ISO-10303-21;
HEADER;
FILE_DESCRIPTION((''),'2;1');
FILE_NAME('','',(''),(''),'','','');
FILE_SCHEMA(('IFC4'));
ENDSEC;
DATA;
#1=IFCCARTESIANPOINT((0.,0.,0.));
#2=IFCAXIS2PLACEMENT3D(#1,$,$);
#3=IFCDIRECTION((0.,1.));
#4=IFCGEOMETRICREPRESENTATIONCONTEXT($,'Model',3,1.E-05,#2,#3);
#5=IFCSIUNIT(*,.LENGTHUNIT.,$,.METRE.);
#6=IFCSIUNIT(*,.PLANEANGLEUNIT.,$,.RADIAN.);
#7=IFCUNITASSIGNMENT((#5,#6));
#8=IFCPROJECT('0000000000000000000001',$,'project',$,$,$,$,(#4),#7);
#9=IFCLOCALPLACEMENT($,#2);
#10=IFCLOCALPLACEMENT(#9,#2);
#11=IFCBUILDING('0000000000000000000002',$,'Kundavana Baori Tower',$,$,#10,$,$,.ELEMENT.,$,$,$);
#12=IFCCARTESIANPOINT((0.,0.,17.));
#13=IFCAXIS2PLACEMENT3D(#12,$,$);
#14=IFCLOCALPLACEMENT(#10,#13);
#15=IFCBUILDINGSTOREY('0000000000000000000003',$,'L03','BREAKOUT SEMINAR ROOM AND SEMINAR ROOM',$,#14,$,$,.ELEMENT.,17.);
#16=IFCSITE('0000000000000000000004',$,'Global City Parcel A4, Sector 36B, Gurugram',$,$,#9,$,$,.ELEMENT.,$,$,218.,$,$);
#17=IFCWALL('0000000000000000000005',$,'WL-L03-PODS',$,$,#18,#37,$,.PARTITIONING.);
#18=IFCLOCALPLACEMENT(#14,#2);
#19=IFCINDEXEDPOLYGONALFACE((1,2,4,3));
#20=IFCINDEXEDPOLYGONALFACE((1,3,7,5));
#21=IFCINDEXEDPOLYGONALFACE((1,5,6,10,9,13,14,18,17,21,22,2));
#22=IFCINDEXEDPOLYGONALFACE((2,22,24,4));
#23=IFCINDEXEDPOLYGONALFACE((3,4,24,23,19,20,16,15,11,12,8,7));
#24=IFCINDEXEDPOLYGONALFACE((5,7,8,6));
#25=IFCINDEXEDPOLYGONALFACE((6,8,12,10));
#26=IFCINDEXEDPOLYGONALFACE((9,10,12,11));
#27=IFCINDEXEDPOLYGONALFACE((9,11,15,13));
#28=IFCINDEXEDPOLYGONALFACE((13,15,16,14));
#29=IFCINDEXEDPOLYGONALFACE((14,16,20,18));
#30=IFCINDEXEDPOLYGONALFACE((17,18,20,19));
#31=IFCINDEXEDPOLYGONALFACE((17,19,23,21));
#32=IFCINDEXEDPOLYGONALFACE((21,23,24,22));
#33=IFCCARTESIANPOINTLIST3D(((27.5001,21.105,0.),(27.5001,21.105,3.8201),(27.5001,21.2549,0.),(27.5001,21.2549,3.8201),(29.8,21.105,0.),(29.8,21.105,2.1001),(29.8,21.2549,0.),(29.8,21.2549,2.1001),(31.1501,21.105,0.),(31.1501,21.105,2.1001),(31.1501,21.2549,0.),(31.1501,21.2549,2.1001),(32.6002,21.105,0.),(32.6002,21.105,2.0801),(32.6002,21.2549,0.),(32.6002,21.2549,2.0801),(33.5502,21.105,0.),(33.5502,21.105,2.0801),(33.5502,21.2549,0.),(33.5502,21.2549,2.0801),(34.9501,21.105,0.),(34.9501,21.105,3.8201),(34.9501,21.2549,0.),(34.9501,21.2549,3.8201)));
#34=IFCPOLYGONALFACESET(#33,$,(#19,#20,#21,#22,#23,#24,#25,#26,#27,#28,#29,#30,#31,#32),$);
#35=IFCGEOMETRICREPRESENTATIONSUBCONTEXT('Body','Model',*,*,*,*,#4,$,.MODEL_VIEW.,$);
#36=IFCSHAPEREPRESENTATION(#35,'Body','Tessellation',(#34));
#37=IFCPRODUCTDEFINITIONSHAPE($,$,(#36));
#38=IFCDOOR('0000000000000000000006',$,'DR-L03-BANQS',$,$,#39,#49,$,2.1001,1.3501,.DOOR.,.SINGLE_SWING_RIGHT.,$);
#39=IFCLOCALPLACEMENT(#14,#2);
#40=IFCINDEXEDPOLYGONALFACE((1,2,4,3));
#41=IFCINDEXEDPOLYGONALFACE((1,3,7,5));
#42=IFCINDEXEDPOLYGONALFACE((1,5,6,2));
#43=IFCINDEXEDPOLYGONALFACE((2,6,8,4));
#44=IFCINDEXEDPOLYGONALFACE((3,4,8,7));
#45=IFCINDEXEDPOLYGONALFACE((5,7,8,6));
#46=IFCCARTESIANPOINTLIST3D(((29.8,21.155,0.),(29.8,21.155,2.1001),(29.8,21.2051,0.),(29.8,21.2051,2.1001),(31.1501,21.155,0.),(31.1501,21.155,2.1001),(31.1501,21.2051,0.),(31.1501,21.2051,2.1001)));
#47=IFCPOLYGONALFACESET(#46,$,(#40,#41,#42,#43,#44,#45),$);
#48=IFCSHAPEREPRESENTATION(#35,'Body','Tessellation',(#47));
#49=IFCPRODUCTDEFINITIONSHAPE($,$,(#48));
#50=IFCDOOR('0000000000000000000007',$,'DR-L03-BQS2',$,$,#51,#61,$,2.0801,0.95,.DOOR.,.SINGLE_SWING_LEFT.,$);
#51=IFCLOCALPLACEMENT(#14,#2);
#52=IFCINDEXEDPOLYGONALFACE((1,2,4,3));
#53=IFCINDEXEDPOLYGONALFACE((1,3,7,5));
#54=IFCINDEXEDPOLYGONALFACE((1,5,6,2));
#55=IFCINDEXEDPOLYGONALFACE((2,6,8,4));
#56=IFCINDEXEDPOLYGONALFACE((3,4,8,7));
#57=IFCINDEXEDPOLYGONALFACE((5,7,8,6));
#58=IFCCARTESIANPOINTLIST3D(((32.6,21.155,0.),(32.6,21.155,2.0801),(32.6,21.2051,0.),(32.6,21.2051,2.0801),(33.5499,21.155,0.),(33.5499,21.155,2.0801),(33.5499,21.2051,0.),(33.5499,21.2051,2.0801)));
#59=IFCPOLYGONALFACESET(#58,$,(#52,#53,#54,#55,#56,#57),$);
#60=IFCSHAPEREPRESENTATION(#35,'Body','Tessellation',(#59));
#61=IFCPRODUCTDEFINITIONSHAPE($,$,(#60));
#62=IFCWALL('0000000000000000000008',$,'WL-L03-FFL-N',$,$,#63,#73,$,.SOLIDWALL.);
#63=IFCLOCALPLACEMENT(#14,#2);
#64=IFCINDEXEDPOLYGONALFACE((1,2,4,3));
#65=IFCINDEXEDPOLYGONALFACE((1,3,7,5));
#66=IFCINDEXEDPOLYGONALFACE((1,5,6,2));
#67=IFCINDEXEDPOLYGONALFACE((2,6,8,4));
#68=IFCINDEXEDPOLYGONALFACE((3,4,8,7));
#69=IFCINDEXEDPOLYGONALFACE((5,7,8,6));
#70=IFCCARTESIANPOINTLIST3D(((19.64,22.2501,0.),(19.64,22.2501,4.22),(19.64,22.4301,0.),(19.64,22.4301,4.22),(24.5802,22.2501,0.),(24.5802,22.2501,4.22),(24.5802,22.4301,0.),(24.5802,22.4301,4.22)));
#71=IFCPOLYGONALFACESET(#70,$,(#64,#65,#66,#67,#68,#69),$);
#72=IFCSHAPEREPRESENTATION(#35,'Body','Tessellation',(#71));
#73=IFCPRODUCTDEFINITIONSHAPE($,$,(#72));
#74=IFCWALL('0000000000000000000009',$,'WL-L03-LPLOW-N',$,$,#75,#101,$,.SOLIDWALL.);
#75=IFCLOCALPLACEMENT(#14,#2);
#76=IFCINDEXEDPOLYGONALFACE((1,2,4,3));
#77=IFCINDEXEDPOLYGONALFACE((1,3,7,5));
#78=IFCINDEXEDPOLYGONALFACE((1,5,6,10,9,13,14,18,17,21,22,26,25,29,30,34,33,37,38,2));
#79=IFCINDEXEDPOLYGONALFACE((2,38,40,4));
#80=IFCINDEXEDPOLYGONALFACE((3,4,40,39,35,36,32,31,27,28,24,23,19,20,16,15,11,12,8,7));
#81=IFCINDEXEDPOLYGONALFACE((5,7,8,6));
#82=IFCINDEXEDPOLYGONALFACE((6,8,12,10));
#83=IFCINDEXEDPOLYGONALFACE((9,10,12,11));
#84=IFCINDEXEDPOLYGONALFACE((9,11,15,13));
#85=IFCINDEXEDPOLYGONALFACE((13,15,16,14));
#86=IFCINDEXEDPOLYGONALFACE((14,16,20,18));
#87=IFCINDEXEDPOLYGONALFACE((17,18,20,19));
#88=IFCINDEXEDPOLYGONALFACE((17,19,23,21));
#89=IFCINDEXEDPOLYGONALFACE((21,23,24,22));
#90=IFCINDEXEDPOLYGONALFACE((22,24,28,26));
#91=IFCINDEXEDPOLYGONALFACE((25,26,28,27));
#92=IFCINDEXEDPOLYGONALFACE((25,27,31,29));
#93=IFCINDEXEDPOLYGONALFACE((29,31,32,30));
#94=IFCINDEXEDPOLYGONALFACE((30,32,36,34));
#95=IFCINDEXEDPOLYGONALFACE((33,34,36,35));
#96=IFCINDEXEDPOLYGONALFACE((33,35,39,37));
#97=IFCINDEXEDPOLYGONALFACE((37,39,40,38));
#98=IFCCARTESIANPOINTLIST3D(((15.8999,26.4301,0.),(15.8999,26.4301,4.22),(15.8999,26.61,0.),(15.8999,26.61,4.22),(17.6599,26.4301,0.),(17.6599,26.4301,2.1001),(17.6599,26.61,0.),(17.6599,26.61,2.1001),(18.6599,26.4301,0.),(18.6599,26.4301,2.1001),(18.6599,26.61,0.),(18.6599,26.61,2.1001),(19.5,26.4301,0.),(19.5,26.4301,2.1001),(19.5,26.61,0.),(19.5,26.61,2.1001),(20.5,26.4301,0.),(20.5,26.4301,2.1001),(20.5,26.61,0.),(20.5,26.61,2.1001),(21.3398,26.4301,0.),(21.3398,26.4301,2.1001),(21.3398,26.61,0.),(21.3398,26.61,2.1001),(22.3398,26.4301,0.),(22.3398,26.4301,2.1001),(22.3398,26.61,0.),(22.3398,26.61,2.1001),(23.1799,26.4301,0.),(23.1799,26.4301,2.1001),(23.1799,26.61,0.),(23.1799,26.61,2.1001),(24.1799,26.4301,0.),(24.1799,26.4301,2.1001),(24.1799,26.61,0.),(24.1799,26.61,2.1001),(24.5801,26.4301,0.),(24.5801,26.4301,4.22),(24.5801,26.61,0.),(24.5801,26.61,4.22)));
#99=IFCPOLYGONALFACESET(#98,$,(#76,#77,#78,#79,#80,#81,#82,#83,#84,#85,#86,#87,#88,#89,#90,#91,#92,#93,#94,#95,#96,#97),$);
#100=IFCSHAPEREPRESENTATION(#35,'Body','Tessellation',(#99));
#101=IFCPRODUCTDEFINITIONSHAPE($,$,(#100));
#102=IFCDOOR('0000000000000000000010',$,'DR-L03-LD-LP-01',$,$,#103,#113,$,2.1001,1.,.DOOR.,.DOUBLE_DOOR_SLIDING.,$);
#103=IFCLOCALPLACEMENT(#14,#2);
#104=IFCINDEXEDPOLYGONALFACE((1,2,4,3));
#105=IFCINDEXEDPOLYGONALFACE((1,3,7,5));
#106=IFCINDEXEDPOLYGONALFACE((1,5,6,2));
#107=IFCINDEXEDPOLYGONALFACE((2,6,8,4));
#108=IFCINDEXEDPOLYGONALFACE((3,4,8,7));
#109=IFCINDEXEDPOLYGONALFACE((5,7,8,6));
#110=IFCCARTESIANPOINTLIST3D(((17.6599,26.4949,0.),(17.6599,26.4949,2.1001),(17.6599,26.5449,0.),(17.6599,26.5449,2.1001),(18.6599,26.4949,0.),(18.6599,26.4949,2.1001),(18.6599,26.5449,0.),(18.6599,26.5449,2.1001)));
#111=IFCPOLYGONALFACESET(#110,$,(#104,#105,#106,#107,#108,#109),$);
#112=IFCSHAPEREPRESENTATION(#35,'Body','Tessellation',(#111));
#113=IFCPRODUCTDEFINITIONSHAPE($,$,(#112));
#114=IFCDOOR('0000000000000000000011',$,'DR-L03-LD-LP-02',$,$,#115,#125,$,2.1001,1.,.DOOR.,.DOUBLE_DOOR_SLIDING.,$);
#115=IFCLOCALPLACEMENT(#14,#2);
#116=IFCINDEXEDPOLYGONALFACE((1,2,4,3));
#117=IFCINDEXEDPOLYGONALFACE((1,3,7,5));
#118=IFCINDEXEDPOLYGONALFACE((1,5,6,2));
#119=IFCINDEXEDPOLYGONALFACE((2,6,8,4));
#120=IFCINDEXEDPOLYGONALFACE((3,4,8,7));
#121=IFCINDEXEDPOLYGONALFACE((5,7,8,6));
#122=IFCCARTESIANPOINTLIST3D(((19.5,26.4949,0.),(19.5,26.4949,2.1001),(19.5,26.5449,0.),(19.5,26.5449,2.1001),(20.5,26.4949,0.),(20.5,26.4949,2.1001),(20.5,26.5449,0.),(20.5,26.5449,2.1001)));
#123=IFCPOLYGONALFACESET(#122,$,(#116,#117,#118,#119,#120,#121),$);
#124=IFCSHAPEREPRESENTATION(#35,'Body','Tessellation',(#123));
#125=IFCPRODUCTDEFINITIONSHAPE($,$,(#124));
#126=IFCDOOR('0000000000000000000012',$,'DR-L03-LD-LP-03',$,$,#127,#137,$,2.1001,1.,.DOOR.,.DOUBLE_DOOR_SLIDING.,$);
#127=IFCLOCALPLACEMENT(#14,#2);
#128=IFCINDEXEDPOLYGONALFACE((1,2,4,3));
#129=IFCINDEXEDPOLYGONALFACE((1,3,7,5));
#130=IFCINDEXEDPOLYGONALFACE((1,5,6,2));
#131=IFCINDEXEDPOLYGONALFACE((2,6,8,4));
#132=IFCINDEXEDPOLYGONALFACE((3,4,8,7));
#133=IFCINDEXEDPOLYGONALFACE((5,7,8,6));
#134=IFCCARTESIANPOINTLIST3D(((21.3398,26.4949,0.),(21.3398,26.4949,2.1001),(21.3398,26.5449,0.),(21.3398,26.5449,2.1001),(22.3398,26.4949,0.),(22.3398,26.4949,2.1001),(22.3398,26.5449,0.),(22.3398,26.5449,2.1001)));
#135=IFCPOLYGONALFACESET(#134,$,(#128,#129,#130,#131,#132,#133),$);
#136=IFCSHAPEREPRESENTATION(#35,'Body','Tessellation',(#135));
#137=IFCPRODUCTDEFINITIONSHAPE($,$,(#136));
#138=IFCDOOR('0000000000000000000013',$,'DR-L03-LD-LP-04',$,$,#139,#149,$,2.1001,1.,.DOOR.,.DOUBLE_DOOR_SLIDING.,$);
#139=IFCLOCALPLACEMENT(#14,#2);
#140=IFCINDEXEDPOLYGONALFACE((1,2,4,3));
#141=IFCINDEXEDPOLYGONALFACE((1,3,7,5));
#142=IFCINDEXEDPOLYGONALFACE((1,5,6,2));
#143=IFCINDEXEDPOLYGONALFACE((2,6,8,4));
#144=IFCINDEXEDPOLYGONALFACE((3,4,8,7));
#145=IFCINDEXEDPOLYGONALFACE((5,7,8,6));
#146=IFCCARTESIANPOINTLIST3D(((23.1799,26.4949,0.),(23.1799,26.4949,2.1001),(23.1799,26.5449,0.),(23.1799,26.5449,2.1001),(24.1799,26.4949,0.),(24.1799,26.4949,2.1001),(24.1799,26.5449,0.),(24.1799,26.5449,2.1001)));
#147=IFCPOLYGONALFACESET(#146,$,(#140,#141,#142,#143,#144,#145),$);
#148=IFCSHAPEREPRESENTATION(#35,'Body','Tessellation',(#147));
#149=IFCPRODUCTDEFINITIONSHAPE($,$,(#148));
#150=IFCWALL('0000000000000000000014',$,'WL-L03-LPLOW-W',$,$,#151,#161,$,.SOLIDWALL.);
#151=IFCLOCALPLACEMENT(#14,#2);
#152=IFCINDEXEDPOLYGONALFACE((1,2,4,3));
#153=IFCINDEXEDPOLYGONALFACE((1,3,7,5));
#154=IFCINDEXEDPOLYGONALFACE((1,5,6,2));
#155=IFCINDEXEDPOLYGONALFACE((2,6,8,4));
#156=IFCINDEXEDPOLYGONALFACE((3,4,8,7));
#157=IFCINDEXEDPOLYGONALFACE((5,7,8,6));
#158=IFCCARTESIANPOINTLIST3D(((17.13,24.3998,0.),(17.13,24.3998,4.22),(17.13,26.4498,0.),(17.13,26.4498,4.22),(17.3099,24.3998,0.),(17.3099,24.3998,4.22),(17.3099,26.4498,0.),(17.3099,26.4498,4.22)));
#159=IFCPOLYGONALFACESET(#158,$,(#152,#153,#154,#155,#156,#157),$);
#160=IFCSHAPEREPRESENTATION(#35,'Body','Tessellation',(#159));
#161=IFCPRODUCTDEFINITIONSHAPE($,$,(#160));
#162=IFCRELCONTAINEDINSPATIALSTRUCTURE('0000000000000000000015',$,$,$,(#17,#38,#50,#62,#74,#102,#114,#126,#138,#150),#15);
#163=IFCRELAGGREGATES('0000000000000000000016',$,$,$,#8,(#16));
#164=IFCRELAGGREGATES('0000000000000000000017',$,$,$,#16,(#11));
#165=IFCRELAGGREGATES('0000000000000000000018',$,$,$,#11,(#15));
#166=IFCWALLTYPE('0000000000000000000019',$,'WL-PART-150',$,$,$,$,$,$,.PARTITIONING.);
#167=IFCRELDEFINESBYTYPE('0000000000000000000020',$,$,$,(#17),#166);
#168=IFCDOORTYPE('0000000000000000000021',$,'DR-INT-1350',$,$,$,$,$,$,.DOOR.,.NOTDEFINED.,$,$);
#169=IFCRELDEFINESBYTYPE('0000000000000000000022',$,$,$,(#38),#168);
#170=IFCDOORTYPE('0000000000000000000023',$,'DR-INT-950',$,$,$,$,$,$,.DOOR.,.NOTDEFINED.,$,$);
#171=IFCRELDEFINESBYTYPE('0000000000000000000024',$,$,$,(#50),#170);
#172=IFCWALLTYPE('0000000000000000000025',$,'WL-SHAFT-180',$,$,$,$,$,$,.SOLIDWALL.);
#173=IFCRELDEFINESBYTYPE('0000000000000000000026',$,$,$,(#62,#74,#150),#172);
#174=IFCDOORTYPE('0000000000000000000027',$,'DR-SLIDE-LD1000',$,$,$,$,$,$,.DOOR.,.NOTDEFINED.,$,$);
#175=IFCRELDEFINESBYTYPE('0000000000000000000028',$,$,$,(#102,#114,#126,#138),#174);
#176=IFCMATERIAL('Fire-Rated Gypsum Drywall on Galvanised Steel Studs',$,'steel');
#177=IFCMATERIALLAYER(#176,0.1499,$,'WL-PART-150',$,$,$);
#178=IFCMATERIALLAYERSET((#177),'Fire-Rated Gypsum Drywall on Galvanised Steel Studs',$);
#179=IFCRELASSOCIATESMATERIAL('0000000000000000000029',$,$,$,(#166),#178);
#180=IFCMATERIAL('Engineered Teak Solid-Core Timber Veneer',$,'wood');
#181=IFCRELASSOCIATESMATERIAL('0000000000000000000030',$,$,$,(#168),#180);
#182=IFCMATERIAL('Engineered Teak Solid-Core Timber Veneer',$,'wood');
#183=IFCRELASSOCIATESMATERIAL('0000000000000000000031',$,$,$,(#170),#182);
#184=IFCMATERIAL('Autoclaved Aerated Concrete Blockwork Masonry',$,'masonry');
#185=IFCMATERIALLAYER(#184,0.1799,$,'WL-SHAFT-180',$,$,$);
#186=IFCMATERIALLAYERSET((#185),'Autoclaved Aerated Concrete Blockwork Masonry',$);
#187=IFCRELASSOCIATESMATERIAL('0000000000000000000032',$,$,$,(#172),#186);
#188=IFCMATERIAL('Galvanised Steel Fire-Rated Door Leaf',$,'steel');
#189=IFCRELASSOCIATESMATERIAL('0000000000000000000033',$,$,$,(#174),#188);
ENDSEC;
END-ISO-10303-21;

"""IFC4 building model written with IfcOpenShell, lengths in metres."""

from ifc_helpers import new_model, si_unit, direction, frame, frame_2d, origin, place, context, subcontext, project, spatial, rectangle, extrude, material, layer, layer_set, type_object, element, fill, save


model = new_model("IFC4")

# Units and contexts
model_context = context("Model", 3, precision=1e-05, world=origin(), true_north=direction((0.0, 1.0)))
body_context = subcontext(model_context, "Body", "Model", "MODEL_VIEW")
ifc_project = project(units=[si_unit("LENGTHUNIT", "METRE"), si_unit("PLANEANGLEUNIT", "RADIAN")], contexts=[model_context])

# Site, building, storey
site_placement = place(None, origin())
site = spatial("IfcSite", under=ifc_project, at=site_placement, Name="Global City Parcel A4, Sector 36B, Gurugram", CompositionType="ELEMENT", RefElevation=218.0)
building_placement = place(site_placement, origin())
building = spatial("IfcBuilding", under=site, at=building_placement, Name="Kundavana Baori Tower", CompositionType="ELEMENT")
storey_placement = place(building_placement, frame((0.0, 0.0, 17.0)))
storey = spatial("IfcBuildingStorey", under=building, at=storey_placement, Name="L03", Description="BREAKOUT SEMINAR ROOM AND SEMINAR ROOM", CompositionType="ELEMENT", Elevation=17.0)

# Wall, openings, doors
ifc_material_1 = material(Name="Fire-Rated Gypsum Drywall on Galvanised Steel Studs", Category="steel")
ifc_layer_1 = layer(ifc_material_1, 0.1499, Name="WL-PART-150")
ifc_layer_set_1 = layer_set([ifc_layer_1], Name="Fire-Rated Gypsum Drywall on Galvanised Steel Studs")
wall_type_1 = type_object("IfcWallType", Name="WL-PART-150", PredefinedType="PARTITIONING", material=ifc_layer_set_1)
wall_1_placement = place(storey_placement, frame((27.5, 21.1799, 0.0), z_axis=(0.0, 0.0, 1.0), x_axis=(1.0, 0.0, 0.0)))
wall_1 = element("IfcWall", 1, at=wall_1_placement, inside=storey, type_object=wall_type_1, Name="WL-L03-PODS", PredefinedType="PARTITIONING", context=body_context, shape_type="SweptSolid", body=[
    extrude(rectangle(XDim=7.45, YDim=0.1499, at=frame_2d((3.7251, 0.0))), origin(), (0.0, 0.0, 1.0), 3.8201),
])
opening_1_placement = place(wall_1_placement, frame((5.1001, 0.0, 0.0)))
opening_1 = element("IfcOpeningElement", 2, at=opening_1_placement, cuts=wall_1, PredefinedType="OPENING", context=body_context, shape_type="SweptSolid", body=[
    extrude(rectangle(XDim=0.95, YDim=2.0801, at=frame_2d((0.4751, 1.04))), frame((0.0, 0.085, 0.0), z_axis=(0.0, -1.0, 0.0), x_axis=(1.0, 0.0, 0.0)), (0.0, 0.0, 1.0), 0.1699),
])
opening_2_placement = place(wall_1_placement, frame((2.3, 0.0, 0.0)))
opening_2 = element("IfcOpeningElement", 3, at=opening_2_placement, cuts=wall_1, PredefinedType="OPENING", context=body_context, shape_type="SweptSolid", body=[
    extrude(rectangle(XDim=1.3501, YDim=2.1001, at=frame_2d((0.675, 1.05))), frame((0.0, 0.085, 0.0), z_axis=(0.0, -1.0, 0.0), x_axis=(1.0, 0.0, 0.0)), (0.0, 0.0, 1.0), 0.1699),
])
ifc_material_2 = material(Name="Engineered Teak Solid-Core Timber Veneer", Category="wood")
door_type_1 = type_object("IfcDoorType", Name="DR-INT-1350", OperationType="NOTDEFINED", PredefinedType="DOOR", material=ifc_material_2)
door_1_placement = place(opening_2_placement, frame((1.3501, 0.0, 0.0), z_axis=(0.0, 0.0, 1.0), x_axis=(-1.0, 0.0, 0.0)))
door_1 = element("IfcDoor", 4, at=door_1_placement, inside=storey, type_object=door_type_1, Name="DR-L03-BANQS", OperationType="SINGLE_SWING_RIGHT", OverallHeight=2.1001, OverallWidth=1.3501, PredefinedType="DOOR", context=body_context, shape_type="SweptSolid", body=[
    extrude(rectangle(XDim=1.3501, YDim=2.1001, at=frame_2d((0.675, 1.05))), frame((0.0, 0.0249, 0.0), z_axis=(0.0, -1.0, 0.0), x_axis=(1.0, 0.0, 0.0)), (0.0, 0.0, 1.0), 0.05),
])
fill(opening_2, door_1)
ifc_material_3 = material(Name="Engineered Teak Solid-Core Timber Veneer", Category="wood")
door_type_2 = type_object("IfcDoorType", Name="DR-INT-950", OperationType="NOTDEFINED", PredefinedType="DOOR", material=ifc_material_3)
door_2_placement = place(opening_1_placement, frame((0.95, 0.0, 0.0), z_axis=(0.0, 0.0, 1.0), x_axis=(-1.0, 0.0, 0.0)))
door_2 = element("IfcDoor", 5, at=door_2_placement, inside=storey, type_object=door_type_2, Name="DR-L03-BQS2", OperationType="SINGLE_SWING_LEFT", OverallHeight=2.0801, OverallWidth=0.95, PredefinedType="DOOR", context=body_context, shape_type="SweptSolid", body=[
    extrude(rectangle(XDim=0.95, YDim=2.0801, at=frame_2d((0.4751, 1.04))), frame((0.0, 0.0249, 0.0), z_axis=(0.0, -1.0, 0.0), x_axis=(1.0, 0.0, 0.0)), (0.0, 0.0, 1.0), 0.05),
])
fill(opening_1, door_2)

# Wall
ifc_material_4 = material(Name="Autoclaved Aerated Concrete Blockwork Masonry", Category="masonry")
ifc_layer_2 = layer(ifc_material_4, 0.1799, Name="WL-SHAFT-180")
ifc_layer_set_2 = layer_set([ifc_layer_2], Name="Autoclaved Aerated Concrete Blockwork Masonry")
wall_type_2 = type_object("IfcWallType", Name="WL-SHAFT-180", PredefinedType="SOLIDWALL", material=ifc_layer_set_2)
wall_2_placement = place(storey_placement, frame((19.6399, 22.3401, 0.0), z_axis=(0.0, 0.0, 1.0), x_axis=(1.0, 0.0, 0.0)))
element("IfcWall", 6, at=wall_2_placement, inside=storey, type_object=wall_type_2, Name="WL-L03-FFL-N", PredefinedType="SOLIDWALL", context=body_context, shape_type="SweptSolid", body=[
    extrude(rectangle(XDim=4.9402, YDim=0.1799, at=frame_2d((2.4702, 0.0))), origin(), (0.0, 0.0, 1.0), 4.22),
])

# Wall, openings, doors
wall_3_placement = place(storey_placement, frame((15.8999, 26.52, 0.0), z_axis=(0.0, 0.0, 1.0), x_axis=(1.0, 0.0, 0.0)))
wall_3 = element("IfcWall", 7, at=wall_3_placement, inside=storey, type_object=wall_type_2, Name="WL-L03-LPLOW-N", PredefinedType="SOLIDWALL", context=body_context, shape_type="SweptSolid", body=[
    extrude(rectangle(XDim=8.6802, YDim=0.1799, at=frame_2d((4.3401, 0.0))), origin(), (0.0, 0.0, 1.0), 4.22),
])
opening_3_placement = place(wall_3_placement, frame((1.76, 0.0, 0.0)))
opening_3 = element("IfcOpeningElement", 8, at=opening_3_placement, cuts=wall_3, PredefinedType="OPENING", context=body_context, shape_type="SweptSolid", body=[
    extrude(rectangle(XDim=1.0, YDim=2.1001, at=frame_2d((0.5, 1.05))), frame((0.0, 0.1001, 0.0), z_axis=(0.0, -1.0, 0.0), x_axis=(1.0, 0.0, 0.0)), (0.0, 0.0, 1.0), 0.2),
])
opening_4_placement = place(wall_3_placement, frame((3.6001, 0.0, 0.0)))
opening_4 = element("IfcOpeningElement", 9, at=opening_4_placement, cuts=wall_3, PredefinedType="OPENING", context=body_context, shape_type="SweptSolid", body=[
    extrude(rectangle(XDim=1.0, YDim=2.1001, at=frame_2d((0.5, 1.05))), frame((0.0, 0.1001, 0.0), z_axis=(0.0, -1.0, 0.0), x_axis=(1.0, 0.0, 0.0)), (0.0, 0.0, 1.0), 0.2),
])
opening_5_placement = place(wall_3_placement, frame((5.4399, 0.0, 0.0)))
opening_5 = element("IfcOpeningElement", 10, at=opening_5_placement, cuts=wall_3, PredefinedType="OPENING", context=body_context, shape_type="SweptSolid", body=[
    extrude(rectangle(XDim=1.0, YDim=2.1001, at=frame_2d((0.5, 1.05))), frame((0.0, 0.1001, 0.0), z_axis=(0.0, -1.0, 0.0), x_axis=(1.0, 0.0, 0.0)), (0.0, 0.0, 1.0), 0.2),
])
opening_6_placement = place(wall_3_placement, frame((7.28, 0.0, 0.0)))
opening_6 = element("IfcOpeningElement", 11, at=opening_6_placement, cuts=wall_3, PredefinedType="OPENING", context=body_context, shape_type="SweptSolid", body=[
    extrude(rectangle(XDim=1.0, YDim=2.1001, at=frame_2d((0.5, 1.05))), frame((0.0, 0.1001, 0.0), z_axis=(0.0, -1.0, 0.0), x_axis=(1.0, 0.0, 0.0)), (0.0, 0.0, 1.0), 0.2),
])
ifc_material_5 = material(Name="Galvanised Steel Fire-Rated Door Leaf", Category="steel")
door_type_3 = type_object("IfcDoorType", Name="DR-SLIDE-LD1000", OperationType="NOTDEFINED", PredefinedType="DOOR", material=ifc_material_5)
door_3_placement = place(opening_3_placement, origin())
door_3 = element("IfcDoor", 12, at=door_3_placement, inside=storey, type_object=door_type_3, Name="DR-L03-LD-LP-01", OperationType="DOUBLE_DOOR_SLIDING", OverallHeight=2.1001, OverallWidth=1.0, PredefinedType="DOOR", context=body_context, shape_type="SweptSolid", body=[
    extrude(rectangle(XDim=1.0, YDim=2.1001, at=frame_2d((0.5, 1.05))), frame((0.0, 0.0249, 0.0), z_axis=(0.0, -1.0, 0.0), x_axis=(1.0, 0.0, 0.0)), (0.0, 0.0, 1.0), 0.05),
])
fill(opening_3, door_3)
door_4_placement = place(opening_4_placement, origin())
door_4 = element("IfcDoor", 13, at=door_4_placement, inside=storey, type_object=door_type_3, Name="DR-L03-LD-LP-02", OperationType="DOUBLE_DOOR_SLIDING", OverallHeight=2.1001, OverallWidth=1.0, PredefinedType="DOOR", context=body_context, shape_type="SweptSolid", body=[
    extrude(rectangle(XDim=1.0, YDim=2.1001, at=frame_2d((0.5, 1.05))), frame((0.0, 0.0249, 0.0), z_axis=(0.0, -1.0, 0.0), x_axis=(1.0, 0.0, 0.0)), (0.0, 0.0, 1.0), 0.05),
])
fill(opening_4, door_4)
door_5_placement = place(opening_5_placement, origin())
door_5 = element("IfcDoor", 14, at=door_5_placement, inside=storey, type_object=door_type_3, Name="DR-L03-LD-LP-03", OperationType="DOUBLE_DOOR_SLIDING", OverallHeight=2.1001, OverallWidth=1.0, PredefinedType="DOOR", context=body_context, shape_type="SweptSolid", body=[
    extrude(rectangle(XDim=1.0, YDim=2.1001, at=frame_2d((0.5, 1.05))), frame((0.0, 0.0249, 0.0), z_axis=(0.0, -1.0, 0.0), x_axis=(1.0, 0.0, 0.0)), (0.0, 0.0, 1.0), 0.05),
])
fill(opening_5, door_5)
door_6_placement = place(opening_6_placement, origin())
door_6 = element("IfcDoor", 15, at=door_6_placement, inside=storey, type_object=door_type_3, Name="DR-L03-LD-LP-04", OperationType="DOUBLE_DOOR_SLIDING", OverallHeight=2.1001, OverallWidth=1.0, PredefinedType="DOOR", context=body_context, shape_type="SweptSolid", body=[
    extrude(rectangle(XDim=1.0, YDim=2.1001, at=frame_2d((0.5, 1.05))), frame((0.0, 0.0249, 0.0), z_axis=(0.0, -1.0, 0.0), x_axis=(1.0, 0.0, 0.0)), (0.0, 0.0, 1.0), 0.05),
])
fill(opening_6, door_6)

# Wall
wall_4_placement = place(storey_placement, frame((17.22, 24.3999, 0.0), z_axis=(0.0, 0.0, 1.0), x_axis=(0.0, 1.0, 0.0)))
element("IfcWall", 16, at=wall_4_placement, inside=storey, type_object=wall_type_2, Name="WL-L03-LPLOW-W", PredefinedType="SOLIDWALL", context=body_context, shape_type="SweptSolid", body=[
    extrude(rectangle(XDim=2.05, YDim=0.1799, at=frame_2d((1.0249, 0.0))), origin(), (0.0, 0.0, 1.0), 4.22),
])

save(model, "model.ifc")
